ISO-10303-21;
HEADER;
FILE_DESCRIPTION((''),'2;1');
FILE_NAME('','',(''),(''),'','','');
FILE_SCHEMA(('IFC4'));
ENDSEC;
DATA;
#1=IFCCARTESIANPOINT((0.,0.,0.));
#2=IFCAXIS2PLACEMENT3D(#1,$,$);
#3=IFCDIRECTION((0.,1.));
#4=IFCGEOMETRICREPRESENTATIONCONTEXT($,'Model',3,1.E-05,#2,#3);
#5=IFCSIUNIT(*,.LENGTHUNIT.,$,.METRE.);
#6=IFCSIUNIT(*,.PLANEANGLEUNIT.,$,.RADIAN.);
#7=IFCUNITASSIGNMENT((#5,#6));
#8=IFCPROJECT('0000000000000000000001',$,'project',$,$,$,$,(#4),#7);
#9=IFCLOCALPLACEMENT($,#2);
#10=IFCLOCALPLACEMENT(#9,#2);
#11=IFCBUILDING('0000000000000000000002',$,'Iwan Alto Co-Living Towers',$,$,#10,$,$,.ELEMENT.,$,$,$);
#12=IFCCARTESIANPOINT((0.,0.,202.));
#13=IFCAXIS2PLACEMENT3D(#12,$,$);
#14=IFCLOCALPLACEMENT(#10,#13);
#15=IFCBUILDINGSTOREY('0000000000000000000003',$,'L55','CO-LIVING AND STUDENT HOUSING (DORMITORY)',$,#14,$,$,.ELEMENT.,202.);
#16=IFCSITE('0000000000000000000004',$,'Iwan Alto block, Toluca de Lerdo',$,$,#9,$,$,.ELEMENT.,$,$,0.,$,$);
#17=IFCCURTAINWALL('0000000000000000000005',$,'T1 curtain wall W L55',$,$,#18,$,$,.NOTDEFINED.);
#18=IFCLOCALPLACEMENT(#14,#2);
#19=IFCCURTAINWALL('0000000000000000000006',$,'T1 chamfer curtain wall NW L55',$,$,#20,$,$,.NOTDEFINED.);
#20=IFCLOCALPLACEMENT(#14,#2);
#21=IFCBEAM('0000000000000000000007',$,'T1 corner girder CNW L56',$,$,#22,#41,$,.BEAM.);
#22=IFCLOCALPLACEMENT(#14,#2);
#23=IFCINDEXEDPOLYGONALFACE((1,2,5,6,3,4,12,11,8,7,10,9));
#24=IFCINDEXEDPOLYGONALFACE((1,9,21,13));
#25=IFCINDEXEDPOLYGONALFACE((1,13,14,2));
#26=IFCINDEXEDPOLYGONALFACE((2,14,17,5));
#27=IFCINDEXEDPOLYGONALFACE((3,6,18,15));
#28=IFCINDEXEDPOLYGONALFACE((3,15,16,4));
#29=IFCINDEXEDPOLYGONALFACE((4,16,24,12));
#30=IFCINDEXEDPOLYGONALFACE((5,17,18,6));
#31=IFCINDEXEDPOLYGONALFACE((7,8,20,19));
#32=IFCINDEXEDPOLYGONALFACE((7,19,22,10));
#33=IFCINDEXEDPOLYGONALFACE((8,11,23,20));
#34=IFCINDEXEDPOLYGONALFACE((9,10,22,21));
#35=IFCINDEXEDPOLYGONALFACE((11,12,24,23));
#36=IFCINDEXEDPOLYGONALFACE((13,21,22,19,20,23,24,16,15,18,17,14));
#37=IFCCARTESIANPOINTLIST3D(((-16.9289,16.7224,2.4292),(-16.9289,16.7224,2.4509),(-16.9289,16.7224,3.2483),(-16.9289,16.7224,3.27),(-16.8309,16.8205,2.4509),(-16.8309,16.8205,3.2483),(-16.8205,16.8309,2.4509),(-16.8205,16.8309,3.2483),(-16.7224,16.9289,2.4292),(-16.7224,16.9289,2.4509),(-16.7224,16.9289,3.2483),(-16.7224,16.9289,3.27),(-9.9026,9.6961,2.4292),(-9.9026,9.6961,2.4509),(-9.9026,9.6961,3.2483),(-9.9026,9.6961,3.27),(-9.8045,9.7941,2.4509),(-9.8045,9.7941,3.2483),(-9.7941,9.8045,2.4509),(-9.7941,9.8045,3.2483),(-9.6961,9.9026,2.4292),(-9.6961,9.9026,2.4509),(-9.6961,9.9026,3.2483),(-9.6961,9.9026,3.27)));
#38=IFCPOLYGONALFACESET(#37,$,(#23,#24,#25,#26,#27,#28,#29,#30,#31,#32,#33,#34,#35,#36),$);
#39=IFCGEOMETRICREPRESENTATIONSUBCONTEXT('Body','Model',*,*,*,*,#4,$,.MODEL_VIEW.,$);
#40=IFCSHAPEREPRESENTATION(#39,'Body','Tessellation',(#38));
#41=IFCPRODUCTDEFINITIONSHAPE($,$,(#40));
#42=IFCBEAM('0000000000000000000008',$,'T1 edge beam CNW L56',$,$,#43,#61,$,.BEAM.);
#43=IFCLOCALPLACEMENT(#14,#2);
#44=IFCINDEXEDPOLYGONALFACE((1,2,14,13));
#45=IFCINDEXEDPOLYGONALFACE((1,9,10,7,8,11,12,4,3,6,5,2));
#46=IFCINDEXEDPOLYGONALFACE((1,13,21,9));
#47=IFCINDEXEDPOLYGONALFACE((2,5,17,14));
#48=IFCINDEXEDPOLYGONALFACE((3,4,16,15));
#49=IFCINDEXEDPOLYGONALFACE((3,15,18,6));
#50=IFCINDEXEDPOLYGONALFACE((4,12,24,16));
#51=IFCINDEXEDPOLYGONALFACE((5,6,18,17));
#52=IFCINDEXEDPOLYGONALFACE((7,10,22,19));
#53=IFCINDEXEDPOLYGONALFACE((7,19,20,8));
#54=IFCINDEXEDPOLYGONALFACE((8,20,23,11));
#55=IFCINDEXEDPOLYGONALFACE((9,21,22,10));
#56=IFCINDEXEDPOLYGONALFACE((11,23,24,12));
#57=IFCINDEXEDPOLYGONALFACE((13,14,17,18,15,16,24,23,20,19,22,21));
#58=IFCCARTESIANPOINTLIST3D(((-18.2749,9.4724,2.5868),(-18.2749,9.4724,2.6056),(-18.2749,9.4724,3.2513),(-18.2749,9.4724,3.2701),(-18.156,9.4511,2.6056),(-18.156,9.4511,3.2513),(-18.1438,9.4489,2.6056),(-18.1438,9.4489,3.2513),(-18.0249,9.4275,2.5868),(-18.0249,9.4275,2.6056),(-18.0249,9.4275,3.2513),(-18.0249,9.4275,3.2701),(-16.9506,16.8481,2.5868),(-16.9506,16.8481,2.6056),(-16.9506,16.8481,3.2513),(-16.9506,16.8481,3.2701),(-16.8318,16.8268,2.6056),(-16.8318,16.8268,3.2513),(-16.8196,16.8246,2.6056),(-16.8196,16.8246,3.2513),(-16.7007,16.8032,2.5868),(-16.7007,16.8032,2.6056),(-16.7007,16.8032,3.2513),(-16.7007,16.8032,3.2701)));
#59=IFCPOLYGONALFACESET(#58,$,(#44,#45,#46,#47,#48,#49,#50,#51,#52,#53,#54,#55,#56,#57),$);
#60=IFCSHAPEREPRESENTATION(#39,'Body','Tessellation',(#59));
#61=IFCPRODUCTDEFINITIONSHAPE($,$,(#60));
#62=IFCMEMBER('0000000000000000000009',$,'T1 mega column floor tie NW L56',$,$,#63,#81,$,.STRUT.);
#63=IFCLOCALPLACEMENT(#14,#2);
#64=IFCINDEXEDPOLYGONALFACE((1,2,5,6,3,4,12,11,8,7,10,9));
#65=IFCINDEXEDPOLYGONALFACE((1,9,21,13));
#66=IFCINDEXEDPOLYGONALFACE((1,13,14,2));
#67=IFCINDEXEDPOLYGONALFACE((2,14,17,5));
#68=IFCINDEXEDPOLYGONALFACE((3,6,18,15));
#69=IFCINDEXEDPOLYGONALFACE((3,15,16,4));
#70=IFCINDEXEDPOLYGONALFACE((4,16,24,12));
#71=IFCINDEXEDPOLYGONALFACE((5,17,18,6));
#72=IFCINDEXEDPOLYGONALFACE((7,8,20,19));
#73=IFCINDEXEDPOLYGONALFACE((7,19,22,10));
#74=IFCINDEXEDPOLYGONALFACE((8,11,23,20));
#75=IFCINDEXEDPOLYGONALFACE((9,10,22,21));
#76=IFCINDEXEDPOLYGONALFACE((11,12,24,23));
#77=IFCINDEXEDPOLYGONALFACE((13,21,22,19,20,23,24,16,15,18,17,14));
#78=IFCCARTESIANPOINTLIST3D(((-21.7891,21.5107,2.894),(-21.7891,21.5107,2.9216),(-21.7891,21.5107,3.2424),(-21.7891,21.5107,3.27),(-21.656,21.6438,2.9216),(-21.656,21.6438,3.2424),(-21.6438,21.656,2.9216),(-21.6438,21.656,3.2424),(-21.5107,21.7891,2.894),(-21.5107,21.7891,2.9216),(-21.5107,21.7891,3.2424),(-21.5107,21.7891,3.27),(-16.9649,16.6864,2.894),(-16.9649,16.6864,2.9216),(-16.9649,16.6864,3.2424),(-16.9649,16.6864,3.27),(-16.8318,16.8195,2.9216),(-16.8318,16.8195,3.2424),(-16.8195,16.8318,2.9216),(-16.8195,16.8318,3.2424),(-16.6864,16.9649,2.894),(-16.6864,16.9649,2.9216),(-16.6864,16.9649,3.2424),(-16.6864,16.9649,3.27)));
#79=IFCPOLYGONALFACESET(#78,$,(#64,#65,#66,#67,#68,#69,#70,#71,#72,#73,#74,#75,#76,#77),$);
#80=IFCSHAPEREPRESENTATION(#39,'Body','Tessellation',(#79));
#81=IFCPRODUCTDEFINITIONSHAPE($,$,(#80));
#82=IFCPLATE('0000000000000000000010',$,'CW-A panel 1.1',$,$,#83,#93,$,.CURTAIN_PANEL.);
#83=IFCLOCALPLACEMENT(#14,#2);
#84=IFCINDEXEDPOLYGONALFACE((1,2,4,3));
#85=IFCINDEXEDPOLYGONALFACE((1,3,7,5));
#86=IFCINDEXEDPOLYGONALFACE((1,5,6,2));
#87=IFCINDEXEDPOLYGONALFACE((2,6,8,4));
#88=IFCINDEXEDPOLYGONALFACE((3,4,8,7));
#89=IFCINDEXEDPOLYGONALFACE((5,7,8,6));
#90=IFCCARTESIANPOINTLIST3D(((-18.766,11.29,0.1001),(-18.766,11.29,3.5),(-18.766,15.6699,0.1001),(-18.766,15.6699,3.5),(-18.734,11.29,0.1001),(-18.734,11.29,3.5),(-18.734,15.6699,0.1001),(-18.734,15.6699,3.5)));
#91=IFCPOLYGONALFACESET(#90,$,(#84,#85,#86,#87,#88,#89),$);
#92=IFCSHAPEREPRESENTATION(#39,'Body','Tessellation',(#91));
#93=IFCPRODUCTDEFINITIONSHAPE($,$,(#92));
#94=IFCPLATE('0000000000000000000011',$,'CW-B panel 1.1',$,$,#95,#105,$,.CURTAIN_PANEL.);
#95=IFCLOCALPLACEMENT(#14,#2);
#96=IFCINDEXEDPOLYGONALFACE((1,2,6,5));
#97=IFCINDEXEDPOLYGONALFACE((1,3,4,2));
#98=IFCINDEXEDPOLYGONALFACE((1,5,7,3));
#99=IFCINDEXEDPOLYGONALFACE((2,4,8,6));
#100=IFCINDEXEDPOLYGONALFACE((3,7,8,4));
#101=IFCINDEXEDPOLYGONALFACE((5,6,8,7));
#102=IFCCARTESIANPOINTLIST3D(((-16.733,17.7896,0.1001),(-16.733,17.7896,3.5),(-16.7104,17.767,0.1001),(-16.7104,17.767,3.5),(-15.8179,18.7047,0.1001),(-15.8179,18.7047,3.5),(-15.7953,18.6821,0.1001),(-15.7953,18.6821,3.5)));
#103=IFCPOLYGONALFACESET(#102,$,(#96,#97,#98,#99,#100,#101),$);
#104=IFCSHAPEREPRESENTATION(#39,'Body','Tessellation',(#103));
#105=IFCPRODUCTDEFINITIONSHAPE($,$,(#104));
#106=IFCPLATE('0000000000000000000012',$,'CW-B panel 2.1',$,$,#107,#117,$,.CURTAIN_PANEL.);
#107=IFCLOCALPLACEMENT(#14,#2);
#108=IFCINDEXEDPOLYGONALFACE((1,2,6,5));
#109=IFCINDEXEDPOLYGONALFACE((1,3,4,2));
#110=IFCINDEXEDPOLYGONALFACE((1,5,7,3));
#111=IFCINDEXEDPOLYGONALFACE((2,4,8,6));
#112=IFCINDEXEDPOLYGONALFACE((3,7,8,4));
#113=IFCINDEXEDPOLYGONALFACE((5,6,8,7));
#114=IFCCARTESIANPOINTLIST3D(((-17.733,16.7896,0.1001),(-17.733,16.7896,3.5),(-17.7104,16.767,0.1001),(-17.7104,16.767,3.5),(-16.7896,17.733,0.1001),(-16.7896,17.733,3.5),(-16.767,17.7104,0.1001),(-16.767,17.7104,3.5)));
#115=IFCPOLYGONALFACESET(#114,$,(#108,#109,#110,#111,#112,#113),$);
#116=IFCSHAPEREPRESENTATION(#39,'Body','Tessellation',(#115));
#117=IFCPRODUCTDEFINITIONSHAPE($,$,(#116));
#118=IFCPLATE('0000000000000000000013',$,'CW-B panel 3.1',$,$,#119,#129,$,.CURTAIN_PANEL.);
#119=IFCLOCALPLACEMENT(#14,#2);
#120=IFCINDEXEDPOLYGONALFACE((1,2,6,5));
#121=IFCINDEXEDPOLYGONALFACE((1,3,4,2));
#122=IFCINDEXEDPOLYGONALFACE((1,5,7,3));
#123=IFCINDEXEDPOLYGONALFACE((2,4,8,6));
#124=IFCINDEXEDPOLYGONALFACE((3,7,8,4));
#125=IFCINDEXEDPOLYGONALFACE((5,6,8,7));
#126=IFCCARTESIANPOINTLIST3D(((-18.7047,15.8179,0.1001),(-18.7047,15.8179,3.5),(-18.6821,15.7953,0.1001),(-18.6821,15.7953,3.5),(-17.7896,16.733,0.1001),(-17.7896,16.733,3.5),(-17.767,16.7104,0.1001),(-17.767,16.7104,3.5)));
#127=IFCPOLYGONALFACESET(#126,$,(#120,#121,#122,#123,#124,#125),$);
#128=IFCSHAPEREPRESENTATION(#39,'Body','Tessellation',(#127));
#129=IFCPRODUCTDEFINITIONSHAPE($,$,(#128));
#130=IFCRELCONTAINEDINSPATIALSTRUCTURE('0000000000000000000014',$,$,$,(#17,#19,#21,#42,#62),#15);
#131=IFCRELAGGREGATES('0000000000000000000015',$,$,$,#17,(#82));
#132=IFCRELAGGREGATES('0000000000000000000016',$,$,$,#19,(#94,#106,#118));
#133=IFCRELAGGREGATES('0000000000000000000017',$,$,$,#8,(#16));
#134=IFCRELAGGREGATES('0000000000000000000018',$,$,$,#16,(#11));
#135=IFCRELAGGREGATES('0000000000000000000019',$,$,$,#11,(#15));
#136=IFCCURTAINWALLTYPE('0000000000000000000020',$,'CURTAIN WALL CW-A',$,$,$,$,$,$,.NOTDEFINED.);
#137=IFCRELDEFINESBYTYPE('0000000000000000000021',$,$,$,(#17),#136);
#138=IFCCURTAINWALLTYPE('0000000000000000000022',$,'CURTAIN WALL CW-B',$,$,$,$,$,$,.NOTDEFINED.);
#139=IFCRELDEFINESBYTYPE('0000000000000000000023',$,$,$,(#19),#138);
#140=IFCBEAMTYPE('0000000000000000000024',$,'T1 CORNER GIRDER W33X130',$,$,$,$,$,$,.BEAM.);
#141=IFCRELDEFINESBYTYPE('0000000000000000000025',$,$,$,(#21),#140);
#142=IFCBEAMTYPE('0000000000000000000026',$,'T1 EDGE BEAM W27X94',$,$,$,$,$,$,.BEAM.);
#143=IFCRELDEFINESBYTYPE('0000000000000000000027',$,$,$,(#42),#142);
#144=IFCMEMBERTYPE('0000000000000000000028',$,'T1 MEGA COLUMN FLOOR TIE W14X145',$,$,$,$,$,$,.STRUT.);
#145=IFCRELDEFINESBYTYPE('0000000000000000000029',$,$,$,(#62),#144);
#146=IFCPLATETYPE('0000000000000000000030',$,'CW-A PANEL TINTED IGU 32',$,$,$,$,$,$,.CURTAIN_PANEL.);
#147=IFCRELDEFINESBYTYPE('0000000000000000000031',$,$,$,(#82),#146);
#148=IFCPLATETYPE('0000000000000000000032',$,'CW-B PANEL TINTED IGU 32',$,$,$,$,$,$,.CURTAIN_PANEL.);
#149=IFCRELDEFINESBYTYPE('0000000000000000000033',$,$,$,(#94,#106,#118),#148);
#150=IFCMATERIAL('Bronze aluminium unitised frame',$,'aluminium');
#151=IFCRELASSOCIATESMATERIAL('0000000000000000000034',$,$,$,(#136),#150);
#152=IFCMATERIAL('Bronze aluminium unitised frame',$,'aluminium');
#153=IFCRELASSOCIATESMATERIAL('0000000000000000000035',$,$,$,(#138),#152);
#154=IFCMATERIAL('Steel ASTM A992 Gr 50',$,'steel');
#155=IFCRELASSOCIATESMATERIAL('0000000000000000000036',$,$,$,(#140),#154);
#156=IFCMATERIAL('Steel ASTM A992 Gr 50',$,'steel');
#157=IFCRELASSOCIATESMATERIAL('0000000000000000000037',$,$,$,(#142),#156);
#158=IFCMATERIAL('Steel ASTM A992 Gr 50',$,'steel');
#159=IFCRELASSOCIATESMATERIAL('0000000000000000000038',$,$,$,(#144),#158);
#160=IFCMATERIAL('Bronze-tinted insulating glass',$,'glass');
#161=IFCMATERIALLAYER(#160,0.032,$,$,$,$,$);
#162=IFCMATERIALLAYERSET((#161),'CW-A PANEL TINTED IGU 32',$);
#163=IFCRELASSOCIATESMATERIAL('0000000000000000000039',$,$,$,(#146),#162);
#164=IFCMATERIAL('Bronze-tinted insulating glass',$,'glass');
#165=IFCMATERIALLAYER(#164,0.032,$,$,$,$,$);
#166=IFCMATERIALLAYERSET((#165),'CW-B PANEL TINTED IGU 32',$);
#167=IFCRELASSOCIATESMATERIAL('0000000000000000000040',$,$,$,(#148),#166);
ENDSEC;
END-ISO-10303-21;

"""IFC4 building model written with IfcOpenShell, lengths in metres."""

from ifc_helpers import new_model, si_unit, direction, frame, origin, origin_2d, place, context, subcontext, project, spatial, rectangle, i_section, extrude, material, layer, layer_set, material_profile, profile_set, type_object, element, aggregate, save


model = new_model("IFC4")

# Units and contexts
model_context = context("Model", 3, precision=1e-05, world=origin(), true_north=direction((0.0, 1.0)))
body_context = subcontext(model_context, "Body", "Model", "MODEL_VIEW")
ifc_project = project(units=[si_unit("LENGTHUNIT", "METRE"), si_unit("PLANEANGLEUNIT", "RADIAN")], contexts=[model_context])

# Site, building, storey
site_placement = place(None, origin())
site = spatial("IfcSite", under=ifc_project, at=site_placement, Name="Iwan Alto block, Toluca de Lerdo", CompositionType="ELEMENT", RefElevation=0.0)
building_placement = place(site_placement, origin())
building = spatial("IfcBuilding", under=site, at=building_placement, Name="Iwan Alto Co-Living Towers", CompositionType="ELEMENT")
storey_placement = place(building_placement, frame((0.0, 0.0, 202.0)))
storey = spatial("IfcBuildingStorey", under=building, at=storey_placement, Name="L55", Description="CO-LIVING AND STUDENT HOUSING (DORMITORY)", CompositionType="ELEMENT", Elevation=202.0)

# Shared definitions
ifc_material_1 = material(Name="Bronze aluminium unitised frame", Category="aluminium")
curtain_wall_type_1 = type_object("IfcCurtainWallType", Name="CURTAIN WALL CW-A", PredefinedType="NOTDEFINED", material=ifc_material_1)

# Curtain walls
curtain_wall_1_placement = place(storey_placement, origin())
curtain_wall_1 = element("IfcCurtainWall", 1, at=curtain_wall_1_placement, inside=storey, type_object=curtain_wall_type_1, Name="T1 curtain wall W L55", PredefinedType="NOTDEFINED")
ifc_material_2 = material(Name="Bronze aluminium unitised frame", Category="aluminium")
curtain_wall_type_2 = type_object("IfcCurtainWallType", Name="CURTAIN WALL CW-B", PredefinedType="NOTDEFINED", material=ifc_material_2)
curtain_wall_2_placement = place(storey_placement, origin())
curtain_wall_2 = element("IfcCurtainWall", 2, at=curtain_wall_2_placement, inside=storey, type_object=curtain_wall_type_2, Name="T1 chamfer curtain wall NW L55", PredefinedType="NOTDEFINED")

# Beams
ifc_material_3 = material(Name="Steel ASTM A992 Gr 50", Category="steel")
ifc_material_profile_1 = material_profile(ifc_material_3, i_section(OverallWidth=0.292, OverallDepth=0.8408, WebThickness=0.0146, FlangeThickness=0.0217, at=origin_2d()), Name="W33X130")
ifc_profile_set_1 = profile_set([ifc_material_profile_1], Name="Steel ASTM A992 Gr 50")
beam_type_1 = type_object("IfcBeamType", Name="T1 CORNER GIRDER W33X130", PredefinedType="BEAM", material=ifc_profile_set_1)
beam_1_placement = place(storey_placement, frame((-16.8257, 16.8257, 2.8496), z_axis=(0.707107, -0.707107, 0.0), x_axis=(0.707107, 0.707107, 0.0)))
element("IfcBeam", 3, at=beam_1_placement, inside=storey, type_object=beam_type_1, Name="T1 corner girder CNW L56", PredefinedType="BEAM", context=body_context, shape_type="SweptSolid", body=[
    extrude(i_section(OverallWidth=0.292, OverallDepth=0.8408, WebThickness=0.0146, FlangeThickness=0.0217, at=origin_2d()), origin(), (0.0, 0.0, 1.0), 9.9368),
])
ifc_material_4 = material(Name="Steel ASTM A992 Gr 50", Category="steel")
ifc_material_profile_2 = material_profile(ifc_material_4, i_section(OverallWidth=0.2539, OverallDepth=0.6833, WebThickness=0.0125, FlangeThickness=0.0188, at=origin_2d()), Name="W27X94")
ifc_profile_set_2 = profile_set([ifc_material_profile_2], Name="Steel ASTM A992 Gr 50")
beam_type_2 = type_object("IfcBeamType", Name="T1 EDGE BEAM W27X94", PredefinedType="BEAM", material=ifc_profile_set_2)
beam_2_placement = place(storey_placement, frame((-16.8257, 16.8257, 2.9285), z_axis=(-0.176712, -0.984263, 0.0), x_axis=(0.984263, -0.176712, 0.0)))
element("IfcBeam", 4, at=beam_2_placement, inside=storey, type_object=beam_type_2, Name="T1 edge beam CNW L56", PredefinedType="BEAM", context=body_context, shape_type="SweptSolid", body=[
    extrude(i_section(OverallWidth=0.2539, OverallDepth=0.6833, WebThickness=0.0125, FlangeThickness=0.0188, at=origin_2d()), origin(), (0.0, 0.0, 1.0), 7.4937),
])

# Member
ifc_material_5 = material(Name="Steel ASTM A992 Gr 50", Category="steel")
ifc_material_profile_3 = material_profile(ifc_material_5, i_section(OverallWidth=0.3938, OverallDepth=0.376, WebThickness=0.0173, FlangeThickness=0.0276, at=origin_2d()), Name="W14X145")
ifc_profile_set_3 = profile_set([ifc_material_profile_3], Name="Steel ASTM A992 Gr 50")
member_type_1 = type_object("IfcMemberType", Name="T1 MEGA COLUMN FLOOR TIE W14X145", PredefinedType="STRUT", material=ifc_profile_set_3)
member_1_placement = place(storey_placement, frame((-21.6499, 21.6499, 3.082), z_axis=(0.707107, -0.707107, 0.0), x_axis=(0.707107, 0.707107, 0.0)))
element("IfcMember", 5, at=member_1_placement, inside=storey, type_object=member_type_1, Name="T1 mega column floor tie NW L56", PredefinedType="STRUT", context=body_context, shape_type="SweptSolid", body=[
    extrude(i_section(OverallWidth=0.3938, OverallDepth=0.376, WebThickness=0.0173, FlangeThickness=0.0276, at=origin_2d()), origin(), (0.0, 0.0, 1.0), 6.8225),
])

# Plates
ifc_material_6 = material(Name="Bronze-tinted insulating glass", Category="glass")
ifc_layer_1 = layer(ifc_material_6, 0.032)
ifc_layer_set_1 = layer_set([ifc_layer_1], Name="CW-A PANEL TINTED IGU 32")
plate_type_1 = type_object("IfcPlateType", Name="CW-A PANEL TINTED IGU 32", PredefinedType="CURTAIN_PANEL", material=ifc_layer_set_1)
plate_1_placement = place(storey_placement, frame((-18.75, 13.48, 0.1001), z_axis=(0.0, 0.0, 1.0), x_axis=(0.0, -1.0, 0.0)))
plate_1 = element("IfcPlate", 6, at=plate_1_placement, type_object=plate_type_1, Name="CW-A panel 1.1", PredefinedType="CURTAIN_PANEL", context=body_context, shape_type="SweptSolid", body=[
    extrude(rectangle(XDim=4.3799, YDim=0.032, at=origin_2d()), origin(), (0.0, 0.0, 1.0), 3.3999),
])
aggregate(curtain_wall_1, [plate_1])
ifc_material_7 = material(Name="Bronze-tinted insulating glass", Category="glass")
ifc_layer_2 = layer(ifc_material_7, 0.032)
ifc_layer_set_2 = layer_set([ifc_layer_2], Name="CW-B PANEL TINTED IGU 32")
plate_type_2 = type_object("IfcPlateType", Name="CW-B PANEL TINTED IGU 32", PredefinedType="CURTAIN_PANEL", material=ifc_layer_set_2)
plate_2_placement = place(storey_placement, frame((-16.2642, 18.2358, 0.1001), z_axis=(0.0, 0.0, 1.0), x_axis=(-0.707107, -0.707107, 0.0)))
plate_2 = element("IfcPlate", 7, at=plate_2_placement, type_object=plate_type_2, Name="CW-B panel 1.1", PredefinedType="CURTAIN_PANEL", context=body_context, shape_type="SweptSolid", body=[
    extrude(rectangle(XDim=1.2942, YDim=0.032, at=origin_2d()), origin(), (0.0, 0.0, 1.0), 3.3999),
])
plate_3_placement = place(storey_placement, frame((-17.25, 17.25, 0.1001), z_axis=(0.0, 0.0, 1.0), x_axis=(-0.707107, -0.707107, 0.0)))
plate_3 = element("IfcPlate", 8, at=plate_3_placement, type_object=plate_type_2, Name="CW-B panel 2.1", PredefinedType="CURTAIN_PANEL", context=body_context, shape_type="SweptSolid", body=[
    extrude(rectangle(XDim=1.3342, YDim=0.032, at=origin_2d()), origin(), (0.0, 0.0, 1.0), 3.3999),
])
plate_4_placement = place(storey_placement, frame((-18.2358, 16.2642, 0.1001), z_axis=(0.0, 0.0, 1.0), x_axis=(-0.707107, -0.707107, 0.0)))
plate_4 = element("IfcPlate", 9, at=plate_4_placement, type_object=plate_type_2, Name="CW-B panel 3.1", PredefinedType="CURTAIN_PANEL", context=body_context, shape_type="SweptSolid", body=[
    extrude(rectangle(XDim=1.2942, YDim=0.032, at=origin_2d()), origin(), (0.0, 0.0, 1.0), 3.3999),
])
aggregate(curtain_wall_2, [plate_2, plate_3, plate_4])

save(model, "model.ifc")
